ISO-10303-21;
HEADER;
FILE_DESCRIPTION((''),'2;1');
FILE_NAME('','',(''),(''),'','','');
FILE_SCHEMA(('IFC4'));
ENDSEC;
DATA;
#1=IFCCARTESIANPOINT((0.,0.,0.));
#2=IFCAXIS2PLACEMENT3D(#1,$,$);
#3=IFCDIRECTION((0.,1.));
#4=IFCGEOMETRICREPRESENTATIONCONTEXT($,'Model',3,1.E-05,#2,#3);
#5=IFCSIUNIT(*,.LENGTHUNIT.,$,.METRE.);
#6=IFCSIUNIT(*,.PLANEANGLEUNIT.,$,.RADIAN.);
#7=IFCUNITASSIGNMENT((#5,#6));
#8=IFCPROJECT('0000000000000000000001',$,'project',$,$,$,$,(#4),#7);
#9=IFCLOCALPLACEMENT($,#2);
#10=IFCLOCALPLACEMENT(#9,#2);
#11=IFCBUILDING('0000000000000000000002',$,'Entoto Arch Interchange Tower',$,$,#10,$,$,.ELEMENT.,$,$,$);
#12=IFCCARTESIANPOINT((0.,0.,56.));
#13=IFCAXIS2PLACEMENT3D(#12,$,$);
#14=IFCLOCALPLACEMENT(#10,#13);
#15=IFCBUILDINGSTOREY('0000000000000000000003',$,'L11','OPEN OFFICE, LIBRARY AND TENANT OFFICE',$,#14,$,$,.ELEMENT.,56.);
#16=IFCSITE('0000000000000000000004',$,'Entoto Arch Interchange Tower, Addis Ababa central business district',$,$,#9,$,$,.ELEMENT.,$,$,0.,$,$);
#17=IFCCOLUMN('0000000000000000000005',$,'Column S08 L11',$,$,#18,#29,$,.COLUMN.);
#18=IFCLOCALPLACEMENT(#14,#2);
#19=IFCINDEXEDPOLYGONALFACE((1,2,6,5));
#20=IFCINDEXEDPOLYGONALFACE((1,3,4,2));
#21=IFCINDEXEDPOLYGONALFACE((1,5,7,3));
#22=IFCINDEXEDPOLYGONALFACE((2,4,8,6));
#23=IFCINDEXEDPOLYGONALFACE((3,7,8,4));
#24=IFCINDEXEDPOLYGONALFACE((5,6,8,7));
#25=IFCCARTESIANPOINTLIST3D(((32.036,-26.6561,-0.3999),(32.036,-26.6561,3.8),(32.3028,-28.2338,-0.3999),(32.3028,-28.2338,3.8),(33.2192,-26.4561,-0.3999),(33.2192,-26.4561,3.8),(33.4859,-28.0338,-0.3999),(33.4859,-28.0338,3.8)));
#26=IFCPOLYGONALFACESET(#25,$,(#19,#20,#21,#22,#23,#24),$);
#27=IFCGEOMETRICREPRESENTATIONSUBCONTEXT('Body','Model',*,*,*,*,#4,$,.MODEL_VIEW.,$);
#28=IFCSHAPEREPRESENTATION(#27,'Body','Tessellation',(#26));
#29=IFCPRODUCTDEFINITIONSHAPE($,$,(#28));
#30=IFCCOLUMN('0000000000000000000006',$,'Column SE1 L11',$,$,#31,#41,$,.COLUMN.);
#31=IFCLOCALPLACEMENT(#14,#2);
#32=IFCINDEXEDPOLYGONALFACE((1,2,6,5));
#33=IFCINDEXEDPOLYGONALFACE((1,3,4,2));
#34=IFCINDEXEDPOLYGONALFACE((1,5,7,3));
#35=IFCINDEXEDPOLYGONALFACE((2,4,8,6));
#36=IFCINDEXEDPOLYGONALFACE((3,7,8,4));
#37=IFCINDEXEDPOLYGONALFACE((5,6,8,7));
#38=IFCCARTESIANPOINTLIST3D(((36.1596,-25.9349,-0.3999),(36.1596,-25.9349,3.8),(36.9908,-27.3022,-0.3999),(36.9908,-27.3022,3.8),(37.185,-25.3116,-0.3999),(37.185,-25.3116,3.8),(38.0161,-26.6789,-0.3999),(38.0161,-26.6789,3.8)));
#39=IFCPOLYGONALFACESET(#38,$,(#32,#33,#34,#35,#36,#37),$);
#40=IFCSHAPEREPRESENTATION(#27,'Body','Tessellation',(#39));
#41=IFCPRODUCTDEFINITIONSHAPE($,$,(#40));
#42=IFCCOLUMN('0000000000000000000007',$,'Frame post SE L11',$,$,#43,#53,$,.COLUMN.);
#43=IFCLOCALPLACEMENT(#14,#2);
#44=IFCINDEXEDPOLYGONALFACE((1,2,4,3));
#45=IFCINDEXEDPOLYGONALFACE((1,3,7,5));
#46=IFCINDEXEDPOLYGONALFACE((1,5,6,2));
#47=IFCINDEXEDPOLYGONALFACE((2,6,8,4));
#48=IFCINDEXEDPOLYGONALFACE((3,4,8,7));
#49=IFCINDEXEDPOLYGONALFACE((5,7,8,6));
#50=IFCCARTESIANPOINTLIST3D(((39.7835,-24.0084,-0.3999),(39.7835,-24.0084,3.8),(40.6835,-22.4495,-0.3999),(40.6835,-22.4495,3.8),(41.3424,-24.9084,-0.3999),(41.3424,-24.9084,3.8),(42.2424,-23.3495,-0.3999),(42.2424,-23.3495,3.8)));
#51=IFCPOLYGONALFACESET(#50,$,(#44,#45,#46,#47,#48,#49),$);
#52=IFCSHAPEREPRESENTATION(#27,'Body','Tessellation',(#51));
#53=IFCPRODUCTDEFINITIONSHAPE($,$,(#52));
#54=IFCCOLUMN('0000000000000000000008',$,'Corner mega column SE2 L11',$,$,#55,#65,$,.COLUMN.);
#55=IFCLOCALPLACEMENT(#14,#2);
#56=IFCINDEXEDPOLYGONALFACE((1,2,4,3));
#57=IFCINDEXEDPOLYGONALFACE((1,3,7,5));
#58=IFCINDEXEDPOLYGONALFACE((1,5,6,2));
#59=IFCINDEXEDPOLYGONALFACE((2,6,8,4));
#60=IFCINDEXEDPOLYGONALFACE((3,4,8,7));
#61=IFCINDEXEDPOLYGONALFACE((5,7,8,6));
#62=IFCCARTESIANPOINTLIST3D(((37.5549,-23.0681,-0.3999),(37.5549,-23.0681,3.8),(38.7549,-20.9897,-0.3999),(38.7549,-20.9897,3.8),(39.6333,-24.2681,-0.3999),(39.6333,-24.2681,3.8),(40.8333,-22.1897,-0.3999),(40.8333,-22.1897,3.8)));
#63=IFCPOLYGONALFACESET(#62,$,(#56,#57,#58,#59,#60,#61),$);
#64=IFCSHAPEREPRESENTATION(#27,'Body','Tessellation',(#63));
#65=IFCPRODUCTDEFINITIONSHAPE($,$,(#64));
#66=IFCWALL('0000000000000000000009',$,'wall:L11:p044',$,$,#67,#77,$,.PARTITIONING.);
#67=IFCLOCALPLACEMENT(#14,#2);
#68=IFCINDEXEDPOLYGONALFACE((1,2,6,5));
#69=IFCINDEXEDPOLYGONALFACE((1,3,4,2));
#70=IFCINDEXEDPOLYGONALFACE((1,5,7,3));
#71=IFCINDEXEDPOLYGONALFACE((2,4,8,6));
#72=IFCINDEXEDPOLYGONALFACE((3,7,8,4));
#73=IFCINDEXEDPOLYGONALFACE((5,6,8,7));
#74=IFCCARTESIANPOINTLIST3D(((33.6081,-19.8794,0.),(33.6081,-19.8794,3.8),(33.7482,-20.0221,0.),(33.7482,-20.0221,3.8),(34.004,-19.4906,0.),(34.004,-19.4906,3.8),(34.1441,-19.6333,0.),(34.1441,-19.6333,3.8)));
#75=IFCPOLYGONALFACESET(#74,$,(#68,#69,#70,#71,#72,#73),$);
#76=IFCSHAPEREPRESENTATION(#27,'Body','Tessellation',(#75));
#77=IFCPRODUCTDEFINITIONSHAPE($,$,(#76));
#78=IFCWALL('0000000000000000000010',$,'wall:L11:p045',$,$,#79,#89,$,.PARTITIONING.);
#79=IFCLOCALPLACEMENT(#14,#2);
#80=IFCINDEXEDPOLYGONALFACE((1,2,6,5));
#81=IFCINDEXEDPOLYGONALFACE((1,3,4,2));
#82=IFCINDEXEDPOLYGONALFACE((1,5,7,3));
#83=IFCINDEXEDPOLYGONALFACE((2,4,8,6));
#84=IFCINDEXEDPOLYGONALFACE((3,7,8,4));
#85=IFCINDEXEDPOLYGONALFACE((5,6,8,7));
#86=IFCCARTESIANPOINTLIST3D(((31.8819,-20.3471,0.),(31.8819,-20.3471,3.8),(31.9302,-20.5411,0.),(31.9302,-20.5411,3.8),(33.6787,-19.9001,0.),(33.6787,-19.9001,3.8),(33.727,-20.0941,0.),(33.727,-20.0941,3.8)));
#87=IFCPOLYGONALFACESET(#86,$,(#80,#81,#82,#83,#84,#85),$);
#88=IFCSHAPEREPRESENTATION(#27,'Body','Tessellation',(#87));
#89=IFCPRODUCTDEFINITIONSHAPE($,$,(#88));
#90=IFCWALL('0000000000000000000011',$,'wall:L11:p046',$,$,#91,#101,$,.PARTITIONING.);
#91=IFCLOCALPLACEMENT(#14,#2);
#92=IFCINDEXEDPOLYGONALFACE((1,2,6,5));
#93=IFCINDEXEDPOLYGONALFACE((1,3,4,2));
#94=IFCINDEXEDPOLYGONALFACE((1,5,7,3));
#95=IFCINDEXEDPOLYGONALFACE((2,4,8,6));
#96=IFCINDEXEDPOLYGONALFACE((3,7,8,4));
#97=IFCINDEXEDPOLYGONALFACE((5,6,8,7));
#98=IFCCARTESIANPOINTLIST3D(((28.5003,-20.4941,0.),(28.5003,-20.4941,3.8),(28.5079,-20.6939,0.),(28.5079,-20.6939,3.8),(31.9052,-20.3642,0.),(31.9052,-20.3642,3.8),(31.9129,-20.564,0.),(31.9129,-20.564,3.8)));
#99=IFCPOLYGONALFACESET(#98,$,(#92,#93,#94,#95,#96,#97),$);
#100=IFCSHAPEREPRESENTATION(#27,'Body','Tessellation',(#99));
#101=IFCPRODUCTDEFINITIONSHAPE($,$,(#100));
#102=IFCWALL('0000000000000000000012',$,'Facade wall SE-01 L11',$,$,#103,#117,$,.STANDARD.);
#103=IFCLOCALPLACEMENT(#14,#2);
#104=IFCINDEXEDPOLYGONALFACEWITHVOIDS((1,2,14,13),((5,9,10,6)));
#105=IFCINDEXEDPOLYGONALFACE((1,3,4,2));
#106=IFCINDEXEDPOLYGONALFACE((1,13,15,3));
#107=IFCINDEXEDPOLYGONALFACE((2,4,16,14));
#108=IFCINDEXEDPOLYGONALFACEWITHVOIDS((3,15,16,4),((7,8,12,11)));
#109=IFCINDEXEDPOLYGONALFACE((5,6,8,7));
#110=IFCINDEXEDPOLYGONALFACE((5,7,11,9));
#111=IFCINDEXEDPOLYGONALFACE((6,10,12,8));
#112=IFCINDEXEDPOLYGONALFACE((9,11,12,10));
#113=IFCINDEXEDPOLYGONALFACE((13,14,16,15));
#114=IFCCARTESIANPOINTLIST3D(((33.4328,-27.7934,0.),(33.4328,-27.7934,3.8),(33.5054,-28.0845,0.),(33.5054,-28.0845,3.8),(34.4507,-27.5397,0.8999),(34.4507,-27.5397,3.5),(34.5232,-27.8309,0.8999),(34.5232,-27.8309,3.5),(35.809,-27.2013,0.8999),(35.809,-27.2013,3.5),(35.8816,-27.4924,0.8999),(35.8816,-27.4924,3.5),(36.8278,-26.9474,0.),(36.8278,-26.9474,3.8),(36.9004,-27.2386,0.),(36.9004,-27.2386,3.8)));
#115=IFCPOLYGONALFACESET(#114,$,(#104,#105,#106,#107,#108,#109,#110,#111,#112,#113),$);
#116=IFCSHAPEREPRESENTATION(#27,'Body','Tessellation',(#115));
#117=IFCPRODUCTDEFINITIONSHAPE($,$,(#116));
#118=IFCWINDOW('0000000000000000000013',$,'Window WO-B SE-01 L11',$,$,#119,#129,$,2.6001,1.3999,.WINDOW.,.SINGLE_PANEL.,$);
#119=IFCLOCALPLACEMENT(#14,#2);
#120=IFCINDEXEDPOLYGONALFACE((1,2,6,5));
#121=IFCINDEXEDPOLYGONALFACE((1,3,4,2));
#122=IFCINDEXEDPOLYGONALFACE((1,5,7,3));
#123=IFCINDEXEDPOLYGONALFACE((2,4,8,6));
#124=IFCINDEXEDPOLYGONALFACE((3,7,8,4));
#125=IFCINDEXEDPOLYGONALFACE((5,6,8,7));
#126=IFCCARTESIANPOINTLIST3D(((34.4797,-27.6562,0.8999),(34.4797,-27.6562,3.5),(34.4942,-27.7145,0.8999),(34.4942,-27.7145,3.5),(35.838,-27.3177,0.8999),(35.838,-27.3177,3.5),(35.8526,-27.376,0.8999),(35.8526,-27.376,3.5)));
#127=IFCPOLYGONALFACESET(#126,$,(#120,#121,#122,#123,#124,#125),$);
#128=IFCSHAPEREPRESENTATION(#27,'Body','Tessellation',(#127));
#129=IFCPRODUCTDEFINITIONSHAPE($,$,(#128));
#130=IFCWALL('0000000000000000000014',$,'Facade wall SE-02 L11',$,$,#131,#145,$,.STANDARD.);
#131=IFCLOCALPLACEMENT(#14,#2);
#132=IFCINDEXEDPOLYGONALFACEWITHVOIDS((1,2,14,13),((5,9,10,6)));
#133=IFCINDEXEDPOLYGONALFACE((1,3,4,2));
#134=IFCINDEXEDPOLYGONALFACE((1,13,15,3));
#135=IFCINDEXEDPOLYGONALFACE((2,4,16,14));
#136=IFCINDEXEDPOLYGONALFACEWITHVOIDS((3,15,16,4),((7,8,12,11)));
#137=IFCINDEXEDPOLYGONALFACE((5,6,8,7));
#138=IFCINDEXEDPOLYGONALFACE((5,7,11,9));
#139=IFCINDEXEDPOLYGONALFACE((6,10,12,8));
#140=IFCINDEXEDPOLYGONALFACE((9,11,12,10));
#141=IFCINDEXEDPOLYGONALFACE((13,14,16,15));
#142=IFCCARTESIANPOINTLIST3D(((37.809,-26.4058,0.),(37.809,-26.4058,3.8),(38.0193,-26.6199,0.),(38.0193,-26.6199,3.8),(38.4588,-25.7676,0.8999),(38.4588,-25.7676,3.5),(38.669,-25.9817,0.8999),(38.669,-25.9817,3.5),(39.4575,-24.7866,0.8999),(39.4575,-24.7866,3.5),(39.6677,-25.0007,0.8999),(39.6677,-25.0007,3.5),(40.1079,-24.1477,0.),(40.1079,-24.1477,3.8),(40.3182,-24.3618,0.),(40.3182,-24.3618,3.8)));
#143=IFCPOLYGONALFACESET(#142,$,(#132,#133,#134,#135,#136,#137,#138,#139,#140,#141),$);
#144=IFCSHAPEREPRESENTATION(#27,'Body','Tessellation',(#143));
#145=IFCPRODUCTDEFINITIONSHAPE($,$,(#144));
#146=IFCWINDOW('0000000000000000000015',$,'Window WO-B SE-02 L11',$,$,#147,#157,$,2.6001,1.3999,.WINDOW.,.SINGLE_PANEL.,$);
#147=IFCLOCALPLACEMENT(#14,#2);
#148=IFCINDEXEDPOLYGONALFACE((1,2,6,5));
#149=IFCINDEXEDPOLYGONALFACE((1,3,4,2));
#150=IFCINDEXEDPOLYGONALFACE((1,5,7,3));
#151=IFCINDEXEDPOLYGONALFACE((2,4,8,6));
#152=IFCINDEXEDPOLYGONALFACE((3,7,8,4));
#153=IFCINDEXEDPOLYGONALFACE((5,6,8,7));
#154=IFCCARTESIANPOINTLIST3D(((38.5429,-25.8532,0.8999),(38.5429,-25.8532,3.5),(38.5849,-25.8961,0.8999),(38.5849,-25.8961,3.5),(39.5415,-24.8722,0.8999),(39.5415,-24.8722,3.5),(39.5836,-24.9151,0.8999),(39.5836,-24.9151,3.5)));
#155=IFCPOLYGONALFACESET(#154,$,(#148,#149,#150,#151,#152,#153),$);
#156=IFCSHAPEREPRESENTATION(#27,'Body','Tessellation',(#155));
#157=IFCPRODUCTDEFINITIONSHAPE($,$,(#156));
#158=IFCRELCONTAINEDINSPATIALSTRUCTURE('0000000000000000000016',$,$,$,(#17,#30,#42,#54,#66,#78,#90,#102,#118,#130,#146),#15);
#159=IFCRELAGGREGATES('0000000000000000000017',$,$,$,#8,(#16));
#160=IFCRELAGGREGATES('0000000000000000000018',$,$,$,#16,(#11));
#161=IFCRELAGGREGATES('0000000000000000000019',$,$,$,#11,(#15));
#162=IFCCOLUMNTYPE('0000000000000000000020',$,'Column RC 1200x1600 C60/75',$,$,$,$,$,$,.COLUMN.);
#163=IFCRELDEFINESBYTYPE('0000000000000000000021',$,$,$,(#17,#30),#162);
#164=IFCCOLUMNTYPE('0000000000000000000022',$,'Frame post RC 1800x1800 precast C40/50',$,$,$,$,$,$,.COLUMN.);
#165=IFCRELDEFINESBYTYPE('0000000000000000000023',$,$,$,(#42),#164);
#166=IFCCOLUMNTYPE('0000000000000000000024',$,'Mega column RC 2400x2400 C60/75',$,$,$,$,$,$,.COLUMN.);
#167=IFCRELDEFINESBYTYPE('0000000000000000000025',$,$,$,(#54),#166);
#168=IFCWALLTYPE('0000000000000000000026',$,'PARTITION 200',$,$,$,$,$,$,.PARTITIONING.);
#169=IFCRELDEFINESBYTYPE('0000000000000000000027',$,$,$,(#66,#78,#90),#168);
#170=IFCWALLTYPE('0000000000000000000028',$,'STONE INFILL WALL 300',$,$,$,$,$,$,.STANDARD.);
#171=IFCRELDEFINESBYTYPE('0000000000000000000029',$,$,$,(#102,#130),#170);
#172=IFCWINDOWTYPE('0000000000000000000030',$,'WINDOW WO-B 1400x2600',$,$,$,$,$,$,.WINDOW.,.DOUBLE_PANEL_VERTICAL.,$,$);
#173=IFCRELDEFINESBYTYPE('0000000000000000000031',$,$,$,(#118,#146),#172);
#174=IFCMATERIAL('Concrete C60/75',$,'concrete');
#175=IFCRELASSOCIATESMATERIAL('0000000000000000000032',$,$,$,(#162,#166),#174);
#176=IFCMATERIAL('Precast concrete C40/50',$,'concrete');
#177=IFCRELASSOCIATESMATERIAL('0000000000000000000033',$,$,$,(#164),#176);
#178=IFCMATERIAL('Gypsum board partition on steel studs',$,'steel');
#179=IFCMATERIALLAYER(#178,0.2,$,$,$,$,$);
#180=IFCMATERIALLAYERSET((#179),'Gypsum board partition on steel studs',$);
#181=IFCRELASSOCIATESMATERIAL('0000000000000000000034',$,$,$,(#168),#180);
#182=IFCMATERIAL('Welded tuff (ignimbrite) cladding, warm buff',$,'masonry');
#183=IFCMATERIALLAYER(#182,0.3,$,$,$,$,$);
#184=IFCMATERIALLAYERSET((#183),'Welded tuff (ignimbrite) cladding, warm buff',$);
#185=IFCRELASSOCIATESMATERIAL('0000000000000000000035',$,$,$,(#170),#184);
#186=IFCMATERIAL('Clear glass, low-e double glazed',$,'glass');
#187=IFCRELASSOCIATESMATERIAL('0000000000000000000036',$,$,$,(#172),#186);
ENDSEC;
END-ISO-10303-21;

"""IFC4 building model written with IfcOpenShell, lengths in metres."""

from ifc_helpers import new_model, si_unit, direction, frame, frame_2d, origin, origin_2d, place, context, subcontext, project, spatial, rectangle, extrude, material, layer, layer_set, material_profile, profile_set, type_object, element, fill, save


model = new_model("IFC4")

# Units and contexts
model_context = context("Model", 3, precision=1e-05, world=origin(), true_north=direction((0.0, 1.0)))
body_context = subcontext(model_context, "Body", "Model", "MODEL_VIEW")
ifc_project = project(units=[si_unit("LENGTHUNIT", "METRE"), si_unit("PLANEANGLEUNIT", "RADIAN")], contexts=[model_context])

# Site, building, storey
site_placement = place(None, origin())
site = spatial("IfcSite", under=ifc_project, at=site_placement, Name="Entoto Arch Interchange Tower, Addis Ababa central business district", CompositionType="ELEMENT", RefElevation=0.0)
building_placement = place(site_placement, origin())
building = spatial("IfcBuilding", under=site, at=building_placement, Name="Entoto Arch Interchange Tower", CompositionType="ELEMENT")
storey_placement = place(building_placement, frame((0.0, 0.0, 56.0)))
storey = spatial("IfcBuildingStorey", under=building, at=storey_placement, Name="L11", Description="OPEN OFFICE, LIBRARY AND TENANT OFFICE", CompositionType="ELEMENT", Elevation=56.0)

# Columns
ifc_material_1 = material(Name="Concrete C60/75", Category="concrete")
ifc_material_profile_1 = material_profile(ifc_material_1, rectangle(XDim=1.2, YDim=1.6001, at=origin_2d()))
ifc_profile_set_1 = profile_set([ifc_material_profile_1], Name="Concrete C60/75")
column_type_1 = type_object("IfcColumnType", Name="Column RC 1200x1600 C60/75", PredefinedType="COLUMN", material=ifc_profile_set_1)
for number, where, z_axis, x_axis, name in (
    (1, (32.761, -27.345, -0.3999), (0.0, 0.0, 1.0), (0.986005, 0.166717, 0.0), "Column S08 L11"),
    (2, (37.0879, -26.3069, -0.3999), (0.0, 0.0, 1.0), (0.854522, 0.519415, 0.0), "Column SE1 L11"),
):
    element("IfcColumn", number, at=place(storey_placement, frame(where, z_axis=z_axis, x_axis=x_axis)), inside=storey, type_object=column_type_1, Name=name, PredefinedType="COLUMN", context=body_context, shape_type="SweptSolid", body=[
        extrude(rectangle(XDim=1.2, YDim=1.6001, at=origin_2d()), origin(), (0.0, 0.0, 1.0), 4.2),
    ])
ifc_material_2 = material(Name="Precast concrete C40/50", Category="concrete")
ifc_material_profile_2 = material_profile(ifc_material_2, rectangle(XDim=1.8, YDim=1.8, at=origin_2d()))
ifc_profile_set_2 = profile_set([ifc_material_profile_2], Name="Precast concrete C40/50")
column_type_2 = type_object("IfcColumnType", Name="Frame post RC 1800x1800 precast C40/50", PredefinedType="COLUMN", material=ifc_profile_set_2)
column_1_placement = place(storey_placement, frame((41.0129, -23.679, -0.3999), z_axis=(0.0, 0.0, 1.0), x_axis=(-0.866025, 0.5, 0.0)))
element("IfcColumn", 3, at=column_1_placement, inside=storey, type_object=column_type_2, Name="Frame post SE L11", PredefinedType="COLUMN", context=body_context, shape_type="SweptSolid", body=[
    extrude(rectangle(XDim=1.8, YDim=1.8, at=origin_2d()), origin(), (0.0, 0.0, 1.0), 4.2),
])
ifc_material_profile_3 = material_profile(ifc_material_1, rectangle(XDim=2.3999, YDim=2.3999, at=origin_2d()))
ifc_profile_set_3 = profile_set([ifc_material_profile_3], Name="Concrete C60/75")
column_type_3 = type_object("IfcColumnType", Name="Mega column RC 2400x2400 C60/75", PredefinedType="COLUMN", material=ifc_profile_set_3)
column_2_placement = place(storey_placement, frame((39.1941, -22.6289, -0.3999), z_axis=(0.0, 0.0, 1.0), x_axis=(-0.866025, 0.5, 0.0)))
element("IfcColumn", 4, at=column_2_placement, inside=storey, type_object=column_type_3, Name="Corner mega column SE2 L11", PredefinedType="COLUMN", context=body_context, shape_type="SweptSolid", body=[
    extrude(rectangle(XDim=2.3999, YDim=2.3999, at=origin_2d()), origin(), (0.0, 0.0, 1.0), 4.2),
])

# Walls
ifc_material_3 = material(Name="Gypsum board partition on steel studs", Category="steel")
ifc_layer_1 = layer(ifc_material_3, 0.2)
ifc_layer_set_1 = layer_set([ifc_layer_1], Name="Gypsum board partition on steel studs")
wall_type_1 = type_object("IfcWallType", Name="PARTITION 200", PredefinedType="PARTITIONING", material=ifc_layer_set_1)
wall_1_placement = place(storey_placement, frame((34.074, -19.562, 0.0), z_axis=(0.0, 0.0, 1.0), x_axis=(-0.713456, -0.7007, 0.0)))
element("IfcWall", 5, at=wall_1_placement, inside=storey, type_object=wall_type_1, Name="wall:L11:p044", PredefinedType="PARTITIONING", context=body_context, shape_type="SweptSolid", body=[
    extrude(rectangle(XDim=0.5549, YDim=0.2, at=frame_2d((0.2773, 0.0))), origin(), (0.0, 0.0, 1.0), 3.8),
])
wall_2_placement = place(storey_placement, frame((33.7029, -19.9971, 0.0), z_axis=(0.0, 0.0, 1.0), x_axis=(-0.970421, -0.241419, 0.0)))
element("IfcWall", 6, at=wall_2_placement, inside=storey, type_object=wall_type_1, Name="wall:L11:p045", PredefinedType="PARTITIONING", context=body_context, shape_type="SweptSolid", body=[
    extrude(rectangle(XDim=1.8516, YDim=0.2, at=frame_2d((0.9258, 0.0))), origin(), (0.0, 0.0, 1.0), 3.8),
])
wall_3_placement = place(storey_placement, frame((31.9089, -20.4641, 0.0), z_axis=(0.0, 0.0, 1.0), x_axis=(-0.999273, -0.038117, 0.0)))
element("IfcWall", 7, at=wall_3_placement, inside=storey, type_object=wall_type_1, Name="wall:L11:p046", PredefinedType="PARTITIONING", context=body_context, shape_type="SweptSolid", body=[
    extrude(rectangle(XDim=3.4075, YDim=0.2, at=frame_2d((1.7036, 0.0))), origin(), (0.0, 0.0, 1.0), 3.8),
])

# Walls, openings, windows
ifc_material_4 = material(Name="Welded tuff (ignimbrite) cladding, warm buff", Category="masonry")
ifc_layer_2 = layer(ifc_material_4, 0.3)
ifc_layer_set_2 = layer_set([ifc_layer_2], Name="Welded tuff (ignimbrite) cladding, warm buff")
wall_type_2 = type_object("IfcWallType", Name="STONE INFILL WALL 300", PredefinedType="STANDARD", material=ifc_layer_set_2)
wall_4_placement = place(storey_placement, frame((33.469, -27.939, 0.0), z_axis=(0.0, 0.0, 1.0), x_axis=(0.970331, 0.24178, 0.0)))
wall_4 = element("IfcWall", 8, at=wall_4_placement, inside=storey, type_object=wall_type_2, Name="Facade wall SE-01 L11", PredefinedType="STANDARD", context=body_context, shape_type="SweptSolid", body=[
    extrude(rectangle(XDim=3.4988, YDim=0.3, at=frame_2d((1.7495, 0.0))), origin(), (0.0, 0.0, 1.0), 3.8),
])
opening_1_placement = place(wall_4_placement, frame((1.0491, 0.0, 0.8999)))
opening_1 = element("IfcOpeningElement", 9, at=opening_1_placement, cuts=wall_4, PredefinedType="OPENING", context=body_context, shape_type="SweptSolid", body=[
    extrude(rectangle(XDim=1.3999, YDim=2.6001, at=frame_2d((0.7, 1.3))), frame((0.0, 0.1602, 0.0), z_axis=(0.0, -1.0, 0.0), x_axis=(1.0, 0.0, 0.0)), (0.0, 0.0, 1.0), 0.3201),
])
ifc_material_5 = material(Name="Clear glass, low-e double glazed", Category="glass")
window_type = type_object("IfcWindowType", Name="WINDOW WO-B 1400x2600", PartitioningType="DOUBLE_PANEL_VERTICAL", PredefinedType="WINDOW", material=ifc_material_5)
window_1_placement = place(opening_1_placement, origin())
window_1 = element("IfcWindow", 10, at=window_1_placement, inside=storey, type_object=window_type, Name="Window WO-B SE-01 L11", OverallHeight=2.6001, OverallWidth=1.3999, PartitioningType="SINGLE_PANEL", PredefinedType="WINDOW", context=body_context, shape_type="SweptSolid", body=[
    extrude(rectangle(XDim=1.3999, YDim=2.6001, at=frame_2d((0.7, 1.3))), frame((0.0, 0.03, 0.0), z_axis=(0.0, -1.0, 0.0), x_axis=(1.0, 0.0, 0.0)), (0.0, 0.0, 1.0), 0.0601),
])
fill(opening_1, window_1)
wall_5_placement = place(storey_placement, frame((37.9141, -26.5129, 0.0), z_axis=(0.0, 0.0, 1.0), x_axis=(0.713405, 0.700752, 0.0)))
wall_5 = element("IfcWall", 11, at=wall_5_placement, inside=storey, type_object=wall_type_2, Name="Facade wall SE-02 L11", PredefinedType="STANDARD", context=body_context, shape_type="SweptSolid", body=[
    extrude(rectangle(XDim=3.2224, YDim=0.3, at=frame_2d((1.6113, 0.0))), origin(), (0.0, 0.0, 1.0), 3.8),
])
opening_2_placement = place(wall_5_placement, frame((0.9109, 0.0, 0.8999)))
opening_2 = element("IfcOpeningElement", 12, at=opening_2_placement, cuts=wall_5, PredefinedType="OPENING", context=body_context, shape_type="SweptSolid", body=[
    extrude(rectangle(XDim=1.3999, YDim=2.6001, at=frame_2d((0.7, 1.3))), frame((0.0, 0.1602, 0.0), z_axis=(0.0, -1.0, 0.0), x_axis=(1.0, 0.0, 0.0)), (0.0, 0.0, 1.0), 0.3201),
])
window_2_placement = place(opening_2_placement, origin())
window_2 = element("IfcWindow", 13, at=window_2_placement, inside=storey, type_object=window_type, Name="Window WO-B SE-02 L11", OverallHeight=2.6001, OverallWidth=1.3999, PartitioningType="SINGLE_PANEL", PredefinedType="WINDOW", context=body_context, shape_type="SweptSolid", body=[
    extrude(rectangle(XDim=1.3999, YDim=2.6001, at=frame_2d((0.7, 1.3))), frame((0.0, 0.03, 0.0), z_axis=(0.0, -1.0, 0.0), x_axis=(1.0, 0.0, 0.0)), (0.0, 0.0, 1.0), 0.0601),
])
fill(opening_2, window_2)

save(model, "model.ifc")
